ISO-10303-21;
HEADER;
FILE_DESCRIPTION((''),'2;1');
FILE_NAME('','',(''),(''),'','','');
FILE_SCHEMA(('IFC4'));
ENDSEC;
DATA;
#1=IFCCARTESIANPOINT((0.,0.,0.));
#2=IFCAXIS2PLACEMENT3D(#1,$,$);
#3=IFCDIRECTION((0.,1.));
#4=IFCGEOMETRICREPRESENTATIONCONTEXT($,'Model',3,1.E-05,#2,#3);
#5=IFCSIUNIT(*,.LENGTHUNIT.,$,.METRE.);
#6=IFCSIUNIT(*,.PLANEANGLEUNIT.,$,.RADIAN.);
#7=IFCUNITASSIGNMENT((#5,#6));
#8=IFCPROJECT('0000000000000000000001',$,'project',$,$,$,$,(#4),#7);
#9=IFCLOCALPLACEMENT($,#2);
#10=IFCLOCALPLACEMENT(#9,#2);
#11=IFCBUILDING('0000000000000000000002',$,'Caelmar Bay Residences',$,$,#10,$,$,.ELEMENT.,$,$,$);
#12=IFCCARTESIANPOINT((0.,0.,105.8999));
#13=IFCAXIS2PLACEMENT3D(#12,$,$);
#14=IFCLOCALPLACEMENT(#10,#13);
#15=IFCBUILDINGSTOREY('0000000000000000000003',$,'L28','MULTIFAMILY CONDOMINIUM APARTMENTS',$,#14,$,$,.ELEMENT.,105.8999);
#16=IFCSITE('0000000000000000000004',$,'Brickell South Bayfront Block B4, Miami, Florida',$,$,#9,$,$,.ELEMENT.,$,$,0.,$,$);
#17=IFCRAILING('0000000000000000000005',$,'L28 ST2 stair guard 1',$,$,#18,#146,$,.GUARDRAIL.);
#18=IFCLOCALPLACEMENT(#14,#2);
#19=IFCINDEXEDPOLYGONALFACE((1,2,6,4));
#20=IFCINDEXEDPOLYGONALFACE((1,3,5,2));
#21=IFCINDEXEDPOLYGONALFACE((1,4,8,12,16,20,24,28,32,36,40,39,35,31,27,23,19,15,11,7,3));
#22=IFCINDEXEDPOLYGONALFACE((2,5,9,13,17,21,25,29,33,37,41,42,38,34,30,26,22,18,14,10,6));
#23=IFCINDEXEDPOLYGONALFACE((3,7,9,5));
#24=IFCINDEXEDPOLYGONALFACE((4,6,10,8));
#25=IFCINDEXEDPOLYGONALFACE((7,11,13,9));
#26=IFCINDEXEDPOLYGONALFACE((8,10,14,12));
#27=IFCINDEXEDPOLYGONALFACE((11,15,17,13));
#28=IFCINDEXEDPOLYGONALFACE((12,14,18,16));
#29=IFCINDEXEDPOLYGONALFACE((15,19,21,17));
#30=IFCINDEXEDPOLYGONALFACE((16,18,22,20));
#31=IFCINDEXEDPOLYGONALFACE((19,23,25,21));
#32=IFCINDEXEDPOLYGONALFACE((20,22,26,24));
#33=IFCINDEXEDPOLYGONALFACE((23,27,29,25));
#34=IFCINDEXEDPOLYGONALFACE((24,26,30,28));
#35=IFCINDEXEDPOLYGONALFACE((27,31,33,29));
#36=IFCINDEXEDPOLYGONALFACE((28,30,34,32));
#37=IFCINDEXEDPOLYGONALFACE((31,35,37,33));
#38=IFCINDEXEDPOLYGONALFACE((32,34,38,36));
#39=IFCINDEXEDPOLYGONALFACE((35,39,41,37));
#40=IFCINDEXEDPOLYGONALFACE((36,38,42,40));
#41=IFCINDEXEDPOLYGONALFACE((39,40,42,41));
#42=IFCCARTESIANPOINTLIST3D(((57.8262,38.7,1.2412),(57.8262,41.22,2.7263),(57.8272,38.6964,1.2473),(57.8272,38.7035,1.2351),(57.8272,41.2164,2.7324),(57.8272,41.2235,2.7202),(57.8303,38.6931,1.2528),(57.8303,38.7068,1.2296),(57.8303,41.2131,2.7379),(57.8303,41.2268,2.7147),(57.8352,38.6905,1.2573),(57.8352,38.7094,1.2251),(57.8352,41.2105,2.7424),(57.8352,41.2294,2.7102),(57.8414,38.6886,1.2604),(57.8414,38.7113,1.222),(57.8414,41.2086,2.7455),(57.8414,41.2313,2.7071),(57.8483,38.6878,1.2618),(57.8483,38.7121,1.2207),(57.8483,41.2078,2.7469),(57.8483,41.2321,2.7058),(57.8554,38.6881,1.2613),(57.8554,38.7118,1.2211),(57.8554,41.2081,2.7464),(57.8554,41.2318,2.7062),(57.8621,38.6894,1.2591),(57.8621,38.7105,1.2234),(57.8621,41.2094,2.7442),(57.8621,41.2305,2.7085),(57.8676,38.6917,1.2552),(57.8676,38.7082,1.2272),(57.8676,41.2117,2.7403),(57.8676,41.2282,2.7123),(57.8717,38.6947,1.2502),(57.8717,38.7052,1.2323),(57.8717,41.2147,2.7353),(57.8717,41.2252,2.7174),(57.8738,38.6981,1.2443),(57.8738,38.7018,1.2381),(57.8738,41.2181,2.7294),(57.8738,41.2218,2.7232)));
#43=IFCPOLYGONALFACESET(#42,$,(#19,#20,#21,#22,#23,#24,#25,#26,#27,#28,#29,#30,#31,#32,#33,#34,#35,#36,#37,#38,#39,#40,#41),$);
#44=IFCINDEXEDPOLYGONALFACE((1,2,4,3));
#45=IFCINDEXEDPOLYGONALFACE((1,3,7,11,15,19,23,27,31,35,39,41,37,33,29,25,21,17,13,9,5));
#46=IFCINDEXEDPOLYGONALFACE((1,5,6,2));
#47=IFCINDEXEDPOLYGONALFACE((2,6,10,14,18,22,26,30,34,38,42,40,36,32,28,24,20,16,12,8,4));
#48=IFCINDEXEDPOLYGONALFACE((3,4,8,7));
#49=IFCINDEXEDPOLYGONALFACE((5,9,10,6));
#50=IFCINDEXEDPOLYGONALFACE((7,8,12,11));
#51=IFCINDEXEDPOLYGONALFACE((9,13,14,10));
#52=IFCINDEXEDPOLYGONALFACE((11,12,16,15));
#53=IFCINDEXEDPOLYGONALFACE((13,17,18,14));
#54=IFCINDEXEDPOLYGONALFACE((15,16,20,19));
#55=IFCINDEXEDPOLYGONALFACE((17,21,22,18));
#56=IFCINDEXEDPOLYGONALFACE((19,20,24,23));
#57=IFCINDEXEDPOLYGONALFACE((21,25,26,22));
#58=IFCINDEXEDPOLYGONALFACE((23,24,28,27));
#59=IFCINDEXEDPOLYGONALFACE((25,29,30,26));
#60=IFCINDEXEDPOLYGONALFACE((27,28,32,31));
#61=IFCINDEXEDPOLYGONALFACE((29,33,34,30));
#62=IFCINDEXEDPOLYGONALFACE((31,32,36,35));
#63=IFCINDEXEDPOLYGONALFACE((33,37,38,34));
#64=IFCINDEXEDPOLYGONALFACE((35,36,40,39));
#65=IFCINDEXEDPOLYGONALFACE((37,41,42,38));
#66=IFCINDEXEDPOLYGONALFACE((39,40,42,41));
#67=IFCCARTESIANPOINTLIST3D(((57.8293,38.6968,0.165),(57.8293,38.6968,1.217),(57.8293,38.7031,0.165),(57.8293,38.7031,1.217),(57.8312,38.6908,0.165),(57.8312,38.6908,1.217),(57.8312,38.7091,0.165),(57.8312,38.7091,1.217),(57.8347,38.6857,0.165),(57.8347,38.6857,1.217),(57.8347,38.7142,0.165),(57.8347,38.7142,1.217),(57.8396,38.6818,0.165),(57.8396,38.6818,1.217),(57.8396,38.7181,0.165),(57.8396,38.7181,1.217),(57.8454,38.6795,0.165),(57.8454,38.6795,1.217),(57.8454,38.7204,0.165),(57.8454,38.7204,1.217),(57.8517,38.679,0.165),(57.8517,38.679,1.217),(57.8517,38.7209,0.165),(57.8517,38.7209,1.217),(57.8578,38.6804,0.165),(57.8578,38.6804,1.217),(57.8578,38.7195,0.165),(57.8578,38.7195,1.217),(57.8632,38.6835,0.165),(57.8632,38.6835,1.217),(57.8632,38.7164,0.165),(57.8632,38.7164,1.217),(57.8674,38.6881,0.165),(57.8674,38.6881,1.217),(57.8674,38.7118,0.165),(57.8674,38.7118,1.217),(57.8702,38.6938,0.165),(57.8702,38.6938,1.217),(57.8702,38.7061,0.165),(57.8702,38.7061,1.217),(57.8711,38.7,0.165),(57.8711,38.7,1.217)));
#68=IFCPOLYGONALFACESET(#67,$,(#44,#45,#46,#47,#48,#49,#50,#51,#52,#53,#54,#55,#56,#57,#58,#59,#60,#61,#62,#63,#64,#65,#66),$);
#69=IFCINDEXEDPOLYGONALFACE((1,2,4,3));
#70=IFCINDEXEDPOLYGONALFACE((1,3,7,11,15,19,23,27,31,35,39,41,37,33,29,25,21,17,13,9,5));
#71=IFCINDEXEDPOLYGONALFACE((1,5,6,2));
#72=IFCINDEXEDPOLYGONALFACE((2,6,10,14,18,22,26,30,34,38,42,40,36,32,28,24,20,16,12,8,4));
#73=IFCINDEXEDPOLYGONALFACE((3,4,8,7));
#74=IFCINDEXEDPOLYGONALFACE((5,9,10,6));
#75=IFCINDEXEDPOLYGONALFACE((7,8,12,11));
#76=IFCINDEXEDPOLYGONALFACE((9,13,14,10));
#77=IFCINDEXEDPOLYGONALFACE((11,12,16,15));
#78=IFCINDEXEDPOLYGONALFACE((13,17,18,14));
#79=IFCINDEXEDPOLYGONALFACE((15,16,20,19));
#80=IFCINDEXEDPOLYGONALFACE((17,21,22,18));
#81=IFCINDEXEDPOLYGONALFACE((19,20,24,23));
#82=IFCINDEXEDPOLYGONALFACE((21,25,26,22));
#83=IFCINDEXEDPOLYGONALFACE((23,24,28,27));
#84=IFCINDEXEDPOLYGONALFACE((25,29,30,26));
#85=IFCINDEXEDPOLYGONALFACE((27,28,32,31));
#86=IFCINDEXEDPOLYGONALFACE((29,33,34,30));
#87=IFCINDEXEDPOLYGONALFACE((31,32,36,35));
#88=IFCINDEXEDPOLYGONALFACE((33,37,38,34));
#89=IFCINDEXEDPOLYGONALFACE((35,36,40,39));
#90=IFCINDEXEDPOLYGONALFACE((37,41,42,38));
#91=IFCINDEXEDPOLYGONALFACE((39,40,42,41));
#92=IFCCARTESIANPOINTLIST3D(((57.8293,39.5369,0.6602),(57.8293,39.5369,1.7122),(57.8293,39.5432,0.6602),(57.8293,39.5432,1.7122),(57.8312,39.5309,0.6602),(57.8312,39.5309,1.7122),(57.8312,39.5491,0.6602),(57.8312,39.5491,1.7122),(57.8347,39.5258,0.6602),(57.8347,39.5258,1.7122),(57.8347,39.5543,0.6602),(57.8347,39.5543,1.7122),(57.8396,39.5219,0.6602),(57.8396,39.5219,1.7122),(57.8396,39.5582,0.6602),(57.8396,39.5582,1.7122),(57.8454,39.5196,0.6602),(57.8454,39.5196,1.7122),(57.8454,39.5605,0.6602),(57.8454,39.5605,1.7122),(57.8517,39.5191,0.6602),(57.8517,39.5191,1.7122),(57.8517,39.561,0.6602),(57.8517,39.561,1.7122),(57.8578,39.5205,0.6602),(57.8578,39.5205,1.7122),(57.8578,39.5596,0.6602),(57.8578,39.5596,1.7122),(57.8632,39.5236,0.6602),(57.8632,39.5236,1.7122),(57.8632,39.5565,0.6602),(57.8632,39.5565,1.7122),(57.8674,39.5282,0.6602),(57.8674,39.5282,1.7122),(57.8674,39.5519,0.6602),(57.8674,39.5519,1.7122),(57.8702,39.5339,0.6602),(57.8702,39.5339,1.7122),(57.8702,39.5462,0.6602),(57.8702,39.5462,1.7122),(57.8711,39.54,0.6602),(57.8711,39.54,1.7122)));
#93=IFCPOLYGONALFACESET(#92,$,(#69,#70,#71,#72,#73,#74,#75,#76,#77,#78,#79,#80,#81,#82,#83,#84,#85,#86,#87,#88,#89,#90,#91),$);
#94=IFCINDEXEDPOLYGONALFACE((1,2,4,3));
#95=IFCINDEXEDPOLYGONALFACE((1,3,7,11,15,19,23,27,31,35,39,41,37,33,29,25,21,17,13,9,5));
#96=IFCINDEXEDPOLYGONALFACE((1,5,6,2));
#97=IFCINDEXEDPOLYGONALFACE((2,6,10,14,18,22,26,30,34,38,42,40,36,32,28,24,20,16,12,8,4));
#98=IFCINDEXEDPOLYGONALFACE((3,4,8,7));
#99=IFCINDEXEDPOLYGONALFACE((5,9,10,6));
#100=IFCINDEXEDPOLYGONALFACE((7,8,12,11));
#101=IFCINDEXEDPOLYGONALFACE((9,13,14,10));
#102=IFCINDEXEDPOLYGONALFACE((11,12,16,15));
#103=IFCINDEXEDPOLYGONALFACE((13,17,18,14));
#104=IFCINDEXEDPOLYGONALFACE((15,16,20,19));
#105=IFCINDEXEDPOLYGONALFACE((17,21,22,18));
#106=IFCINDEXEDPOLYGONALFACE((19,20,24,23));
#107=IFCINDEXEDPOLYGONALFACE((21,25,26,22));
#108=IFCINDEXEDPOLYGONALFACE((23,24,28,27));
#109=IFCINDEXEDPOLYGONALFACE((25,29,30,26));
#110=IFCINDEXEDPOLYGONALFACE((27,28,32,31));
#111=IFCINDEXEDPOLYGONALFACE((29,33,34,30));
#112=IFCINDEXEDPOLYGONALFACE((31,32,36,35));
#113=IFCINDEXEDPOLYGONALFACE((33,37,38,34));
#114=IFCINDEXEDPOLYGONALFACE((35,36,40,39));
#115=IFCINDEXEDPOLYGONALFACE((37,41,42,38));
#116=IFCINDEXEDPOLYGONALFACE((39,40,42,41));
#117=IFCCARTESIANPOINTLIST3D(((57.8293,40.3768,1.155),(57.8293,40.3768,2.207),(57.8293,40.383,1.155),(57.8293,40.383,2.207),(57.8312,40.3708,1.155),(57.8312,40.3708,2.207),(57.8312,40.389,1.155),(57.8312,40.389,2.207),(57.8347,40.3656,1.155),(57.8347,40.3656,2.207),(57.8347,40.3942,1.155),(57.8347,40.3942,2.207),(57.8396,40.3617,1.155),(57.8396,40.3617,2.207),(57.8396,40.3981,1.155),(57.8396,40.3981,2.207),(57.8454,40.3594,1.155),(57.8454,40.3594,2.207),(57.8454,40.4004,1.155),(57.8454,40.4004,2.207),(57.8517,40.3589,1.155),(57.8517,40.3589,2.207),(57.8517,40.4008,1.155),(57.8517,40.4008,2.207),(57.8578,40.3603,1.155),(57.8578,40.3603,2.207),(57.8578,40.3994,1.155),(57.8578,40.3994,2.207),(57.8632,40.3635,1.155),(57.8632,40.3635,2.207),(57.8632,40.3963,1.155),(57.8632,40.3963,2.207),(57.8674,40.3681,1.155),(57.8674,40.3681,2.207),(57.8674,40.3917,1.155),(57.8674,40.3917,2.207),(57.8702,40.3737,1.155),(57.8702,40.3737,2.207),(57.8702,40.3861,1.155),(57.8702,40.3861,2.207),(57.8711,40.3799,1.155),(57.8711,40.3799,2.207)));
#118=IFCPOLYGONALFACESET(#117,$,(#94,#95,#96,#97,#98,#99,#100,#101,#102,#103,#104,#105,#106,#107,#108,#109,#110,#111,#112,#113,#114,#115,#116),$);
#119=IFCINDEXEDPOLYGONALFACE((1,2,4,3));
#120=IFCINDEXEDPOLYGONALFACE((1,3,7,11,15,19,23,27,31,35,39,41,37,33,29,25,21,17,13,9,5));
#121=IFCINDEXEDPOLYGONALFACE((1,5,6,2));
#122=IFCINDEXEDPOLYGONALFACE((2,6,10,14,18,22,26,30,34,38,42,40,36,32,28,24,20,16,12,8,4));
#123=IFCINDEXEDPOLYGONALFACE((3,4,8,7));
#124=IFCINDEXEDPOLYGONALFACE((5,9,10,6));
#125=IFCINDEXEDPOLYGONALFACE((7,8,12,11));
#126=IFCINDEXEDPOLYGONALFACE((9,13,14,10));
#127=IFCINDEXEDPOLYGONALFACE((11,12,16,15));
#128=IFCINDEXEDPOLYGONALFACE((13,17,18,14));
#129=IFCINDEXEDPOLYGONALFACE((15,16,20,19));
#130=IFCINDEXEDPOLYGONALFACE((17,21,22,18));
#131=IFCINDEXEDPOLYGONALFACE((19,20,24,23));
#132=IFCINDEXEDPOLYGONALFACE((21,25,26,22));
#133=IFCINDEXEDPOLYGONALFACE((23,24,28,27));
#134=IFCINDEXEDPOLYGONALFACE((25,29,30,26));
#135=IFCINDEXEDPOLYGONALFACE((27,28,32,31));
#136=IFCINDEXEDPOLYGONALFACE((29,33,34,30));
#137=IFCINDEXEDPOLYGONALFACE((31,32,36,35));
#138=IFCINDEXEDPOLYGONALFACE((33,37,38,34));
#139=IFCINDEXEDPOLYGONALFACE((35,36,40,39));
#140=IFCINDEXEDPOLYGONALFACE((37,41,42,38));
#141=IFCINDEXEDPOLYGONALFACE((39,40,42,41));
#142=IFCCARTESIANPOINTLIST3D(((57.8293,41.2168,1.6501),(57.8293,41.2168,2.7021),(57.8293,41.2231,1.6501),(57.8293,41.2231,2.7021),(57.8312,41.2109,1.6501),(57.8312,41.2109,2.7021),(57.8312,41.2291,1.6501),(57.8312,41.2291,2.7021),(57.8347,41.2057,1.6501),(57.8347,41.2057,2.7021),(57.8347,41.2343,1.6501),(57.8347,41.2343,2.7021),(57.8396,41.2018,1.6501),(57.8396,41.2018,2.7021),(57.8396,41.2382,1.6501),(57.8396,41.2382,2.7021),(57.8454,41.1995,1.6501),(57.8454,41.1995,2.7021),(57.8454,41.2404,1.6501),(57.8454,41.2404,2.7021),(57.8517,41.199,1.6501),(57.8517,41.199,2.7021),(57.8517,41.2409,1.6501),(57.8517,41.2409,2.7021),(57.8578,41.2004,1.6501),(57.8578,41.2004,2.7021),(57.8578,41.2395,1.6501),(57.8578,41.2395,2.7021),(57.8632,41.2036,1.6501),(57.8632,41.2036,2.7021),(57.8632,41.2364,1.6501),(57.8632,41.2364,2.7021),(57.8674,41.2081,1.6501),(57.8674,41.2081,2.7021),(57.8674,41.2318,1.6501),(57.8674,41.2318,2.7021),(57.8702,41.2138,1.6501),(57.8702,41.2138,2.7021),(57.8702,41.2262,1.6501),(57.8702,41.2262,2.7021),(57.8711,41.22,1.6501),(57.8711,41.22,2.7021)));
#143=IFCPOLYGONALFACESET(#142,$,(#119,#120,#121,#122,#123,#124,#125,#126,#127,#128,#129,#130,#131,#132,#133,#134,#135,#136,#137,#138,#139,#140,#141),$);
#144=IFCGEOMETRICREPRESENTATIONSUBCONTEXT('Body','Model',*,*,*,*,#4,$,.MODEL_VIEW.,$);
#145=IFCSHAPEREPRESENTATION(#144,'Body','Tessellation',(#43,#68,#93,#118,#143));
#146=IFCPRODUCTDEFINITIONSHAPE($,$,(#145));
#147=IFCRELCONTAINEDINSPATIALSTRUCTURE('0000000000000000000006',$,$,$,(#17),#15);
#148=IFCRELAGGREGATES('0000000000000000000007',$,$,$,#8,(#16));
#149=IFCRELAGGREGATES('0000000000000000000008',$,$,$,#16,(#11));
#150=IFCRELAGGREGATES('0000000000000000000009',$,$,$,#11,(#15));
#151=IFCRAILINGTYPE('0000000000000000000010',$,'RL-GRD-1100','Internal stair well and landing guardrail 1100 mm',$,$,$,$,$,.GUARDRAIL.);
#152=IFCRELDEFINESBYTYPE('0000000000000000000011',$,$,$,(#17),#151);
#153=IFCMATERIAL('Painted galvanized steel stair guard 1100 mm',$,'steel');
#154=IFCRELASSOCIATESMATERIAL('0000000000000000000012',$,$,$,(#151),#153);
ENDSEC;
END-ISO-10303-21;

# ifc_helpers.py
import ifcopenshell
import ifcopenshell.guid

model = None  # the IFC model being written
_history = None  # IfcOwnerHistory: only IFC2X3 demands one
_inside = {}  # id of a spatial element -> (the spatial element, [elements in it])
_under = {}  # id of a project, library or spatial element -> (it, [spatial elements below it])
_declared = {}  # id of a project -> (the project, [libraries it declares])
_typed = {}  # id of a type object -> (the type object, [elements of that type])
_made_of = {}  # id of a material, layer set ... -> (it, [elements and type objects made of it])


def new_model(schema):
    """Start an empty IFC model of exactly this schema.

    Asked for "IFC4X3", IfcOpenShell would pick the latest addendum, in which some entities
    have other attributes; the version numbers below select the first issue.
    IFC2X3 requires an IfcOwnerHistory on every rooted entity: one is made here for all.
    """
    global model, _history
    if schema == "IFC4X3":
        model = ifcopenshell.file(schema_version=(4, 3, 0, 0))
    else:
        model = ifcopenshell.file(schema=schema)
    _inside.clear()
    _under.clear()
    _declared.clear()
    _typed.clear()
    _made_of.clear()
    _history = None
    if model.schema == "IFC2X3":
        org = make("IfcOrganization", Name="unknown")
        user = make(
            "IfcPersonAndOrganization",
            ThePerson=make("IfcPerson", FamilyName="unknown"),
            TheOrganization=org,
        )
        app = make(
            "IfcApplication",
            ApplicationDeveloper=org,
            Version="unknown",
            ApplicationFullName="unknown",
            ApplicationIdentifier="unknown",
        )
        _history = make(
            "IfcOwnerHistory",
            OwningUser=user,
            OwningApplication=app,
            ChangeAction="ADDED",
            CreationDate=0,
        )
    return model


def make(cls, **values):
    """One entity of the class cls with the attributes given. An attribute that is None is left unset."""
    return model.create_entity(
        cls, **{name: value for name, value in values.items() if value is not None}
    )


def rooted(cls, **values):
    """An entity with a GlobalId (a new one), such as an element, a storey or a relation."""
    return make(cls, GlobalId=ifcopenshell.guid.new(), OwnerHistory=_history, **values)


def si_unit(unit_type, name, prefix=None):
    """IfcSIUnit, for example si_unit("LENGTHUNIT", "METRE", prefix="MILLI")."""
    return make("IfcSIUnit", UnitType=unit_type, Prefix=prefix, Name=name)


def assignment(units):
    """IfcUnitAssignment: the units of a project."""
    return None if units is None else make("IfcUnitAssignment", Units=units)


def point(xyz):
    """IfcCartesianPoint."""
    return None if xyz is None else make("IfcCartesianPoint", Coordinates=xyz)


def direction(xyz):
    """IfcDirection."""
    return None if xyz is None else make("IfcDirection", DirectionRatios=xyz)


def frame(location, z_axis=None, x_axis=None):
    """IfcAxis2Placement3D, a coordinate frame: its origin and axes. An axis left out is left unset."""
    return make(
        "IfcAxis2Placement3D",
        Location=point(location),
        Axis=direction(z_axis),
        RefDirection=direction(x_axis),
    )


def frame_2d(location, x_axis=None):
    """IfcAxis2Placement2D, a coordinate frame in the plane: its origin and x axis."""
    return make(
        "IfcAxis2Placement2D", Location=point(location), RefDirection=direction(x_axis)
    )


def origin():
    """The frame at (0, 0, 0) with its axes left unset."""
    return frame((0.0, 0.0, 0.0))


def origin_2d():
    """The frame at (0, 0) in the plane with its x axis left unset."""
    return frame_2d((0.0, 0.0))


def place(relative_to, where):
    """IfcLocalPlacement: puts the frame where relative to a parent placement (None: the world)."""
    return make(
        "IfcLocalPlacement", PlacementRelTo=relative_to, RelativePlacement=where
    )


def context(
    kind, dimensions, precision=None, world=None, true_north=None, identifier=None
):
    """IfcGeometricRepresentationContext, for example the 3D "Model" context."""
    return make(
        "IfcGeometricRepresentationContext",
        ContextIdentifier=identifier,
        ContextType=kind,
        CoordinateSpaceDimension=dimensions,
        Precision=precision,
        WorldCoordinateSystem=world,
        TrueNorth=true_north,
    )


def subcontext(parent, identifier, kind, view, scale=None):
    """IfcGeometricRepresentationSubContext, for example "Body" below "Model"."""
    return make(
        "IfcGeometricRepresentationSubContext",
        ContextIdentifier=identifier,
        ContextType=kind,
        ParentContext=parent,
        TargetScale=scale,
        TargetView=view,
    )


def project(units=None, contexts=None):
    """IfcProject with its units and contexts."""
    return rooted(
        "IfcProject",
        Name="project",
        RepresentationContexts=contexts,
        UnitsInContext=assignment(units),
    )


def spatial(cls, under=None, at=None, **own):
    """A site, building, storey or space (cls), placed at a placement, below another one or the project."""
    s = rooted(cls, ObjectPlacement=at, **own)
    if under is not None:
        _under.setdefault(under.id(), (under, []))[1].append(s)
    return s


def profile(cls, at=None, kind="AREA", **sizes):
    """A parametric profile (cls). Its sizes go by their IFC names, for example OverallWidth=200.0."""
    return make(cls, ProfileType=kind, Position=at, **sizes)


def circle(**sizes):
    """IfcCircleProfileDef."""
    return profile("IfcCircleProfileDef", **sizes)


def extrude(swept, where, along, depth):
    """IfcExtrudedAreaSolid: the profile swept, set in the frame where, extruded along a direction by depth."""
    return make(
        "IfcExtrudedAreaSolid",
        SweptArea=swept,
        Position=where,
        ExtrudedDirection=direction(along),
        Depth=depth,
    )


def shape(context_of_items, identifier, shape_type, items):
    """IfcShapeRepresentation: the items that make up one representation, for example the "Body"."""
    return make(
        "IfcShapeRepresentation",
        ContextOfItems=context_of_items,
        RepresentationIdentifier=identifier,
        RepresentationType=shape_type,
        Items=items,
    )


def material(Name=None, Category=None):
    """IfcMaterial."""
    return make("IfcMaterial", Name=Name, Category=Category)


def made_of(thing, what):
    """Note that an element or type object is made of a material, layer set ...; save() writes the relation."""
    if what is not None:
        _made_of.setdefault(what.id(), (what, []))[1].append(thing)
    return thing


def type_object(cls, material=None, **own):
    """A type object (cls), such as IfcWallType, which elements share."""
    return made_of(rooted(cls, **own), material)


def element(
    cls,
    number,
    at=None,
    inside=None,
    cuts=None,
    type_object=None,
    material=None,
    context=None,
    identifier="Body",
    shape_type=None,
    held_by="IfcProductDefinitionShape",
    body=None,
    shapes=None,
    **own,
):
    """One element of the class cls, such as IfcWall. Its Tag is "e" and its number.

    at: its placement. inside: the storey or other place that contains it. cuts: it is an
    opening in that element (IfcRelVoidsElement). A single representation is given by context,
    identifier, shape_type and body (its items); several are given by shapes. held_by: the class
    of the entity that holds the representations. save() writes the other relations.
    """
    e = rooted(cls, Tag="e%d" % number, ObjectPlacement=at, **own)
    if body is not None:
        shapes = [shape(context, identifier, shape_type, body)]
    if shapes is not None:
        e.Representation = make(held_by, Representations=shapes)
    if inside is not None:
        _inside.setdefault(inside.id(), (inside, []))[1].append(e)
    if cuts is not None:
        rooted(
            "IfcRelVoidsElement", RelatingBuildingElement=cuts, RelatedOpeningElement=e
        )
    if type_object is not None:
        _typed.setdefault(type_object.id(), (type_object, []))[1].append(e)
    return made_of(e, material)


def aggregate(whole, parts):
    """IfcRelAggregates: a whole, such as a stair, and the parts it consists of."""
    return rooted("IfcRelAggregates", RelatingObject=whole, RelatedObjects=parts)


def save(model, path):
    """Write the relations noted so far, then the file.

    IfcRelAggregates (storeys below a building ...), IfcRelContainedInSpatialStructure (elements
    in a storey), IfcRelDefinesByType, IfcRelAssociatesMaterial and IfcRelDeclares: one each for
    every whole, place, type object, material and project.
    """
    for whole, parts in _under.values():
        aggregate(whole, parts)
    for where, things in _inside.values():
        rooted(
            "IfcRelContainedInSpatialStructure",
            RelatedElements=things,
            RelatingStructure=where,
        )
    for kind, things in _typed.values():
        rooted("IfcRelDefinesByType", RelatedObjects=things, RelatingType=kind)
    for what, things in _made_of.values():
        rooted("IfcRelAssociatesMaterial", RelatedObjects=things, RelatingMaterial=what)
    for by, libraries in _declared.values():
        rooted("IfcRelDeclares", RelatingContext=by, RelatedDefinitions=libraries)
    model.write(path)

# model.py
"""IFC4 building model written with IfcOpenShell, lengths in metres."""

from ifc_helpers import new_model, si_unit, direction, frame, origin, origin_2d, place, context, subcontext, project, spatial, circle, extrude, material, type_object, element, save


model = new_model("IFC4")

# Units and contexts
model_context = context("Model", 3, precision=1e-05, world=origin(), true_north=direction((0.0, 1.0)))
body_context = subcontext(model_context, "Body", "Model", "MODEL_VIEW")
ifc_project = project(units=[si_unit("LENGTHUNIT", "METRE"), si_unit("PLANEANGLEUNIT", "RADIAN")], contexts=[model_context])

# Site, building, storey
site_placement = place(None, origin())
site = spatial("IfcSite", under=ifc_project, at=site_placement, Name="Brickell South Bayfront Block B4, Miami, Florida", CompositionType="ELEMENT", RefElevation=0.0)
building_placement = place(site_placement, origin())
building = spatial("IfcBuilding", under=site, at=building_placement, Name="Caelmar Bay Residences", CompositionType="ELEMENT")
storey_placement = place(building_placement, frame((0.0, 0.0, 105.8999)))
storey = spatial("IfcBuildingStorey", under=building, at=storey_placement, Name="L28", Description="MULTIFAMILY CONDOMINIUM APARTMENTS", CompositionType="ELEMENT", Elevation=105.8999)

# Railing
ifc_material_1 = material(Name="Painted galvanized steel stair guard 1100 mm", Category="steel")
railing_type_1 = type_object("IfcRailingType", Name="RL-GRD-1100", Description="Internal stair well and landing guardrail 1100 mm", PredefinedType="GUARDRAIL", material=ifc_material_1)
railing_1_placement = place(storey_placement, frame((57.8501, 38.7, 0.165)))
element("IfcRailing", 1, at=railing_1_placement, inside=storey, type_object=railing_type_1, Name="L28 ST2 stair guard 1", PredefinedType="GUARDRAIL", context=body_context, shape_type="SweptSolid", body=[
    extrude(circle(Radius=0.0239, at=origin_2d()), frame((0.0, 0.0, 1.0762), z_axis=(0.0, 0.861524, 0.507717), x_axis=(-1.0, 0.0, 0.0)), (0.0, 0.0, 1.0), 2.925),
    extrude(circle(Radius=0.021, at=origin_2d()), origin(), (0.0, 0.0, 1.0), 1.052),
    extrude(circle(Radius=0.021, at=origin_2d()), frame((0.0, 0.8401, 0.4951)), (0.0, 0.0, 1.0), 1.052),
    extrude(circle(Radius=0.021, at=origin_2d()), frame((0.0, 1.6799, 0.99)), (0.0, 0.0, 1.0), 1.052),
    extrude(circle(Radius=0.021, at=origin_2d()), frame((0.0, 2.52, 1.4851)), (0.0, 0.0, 1.0), 1.052),
])

save(model, "model.ifc")
